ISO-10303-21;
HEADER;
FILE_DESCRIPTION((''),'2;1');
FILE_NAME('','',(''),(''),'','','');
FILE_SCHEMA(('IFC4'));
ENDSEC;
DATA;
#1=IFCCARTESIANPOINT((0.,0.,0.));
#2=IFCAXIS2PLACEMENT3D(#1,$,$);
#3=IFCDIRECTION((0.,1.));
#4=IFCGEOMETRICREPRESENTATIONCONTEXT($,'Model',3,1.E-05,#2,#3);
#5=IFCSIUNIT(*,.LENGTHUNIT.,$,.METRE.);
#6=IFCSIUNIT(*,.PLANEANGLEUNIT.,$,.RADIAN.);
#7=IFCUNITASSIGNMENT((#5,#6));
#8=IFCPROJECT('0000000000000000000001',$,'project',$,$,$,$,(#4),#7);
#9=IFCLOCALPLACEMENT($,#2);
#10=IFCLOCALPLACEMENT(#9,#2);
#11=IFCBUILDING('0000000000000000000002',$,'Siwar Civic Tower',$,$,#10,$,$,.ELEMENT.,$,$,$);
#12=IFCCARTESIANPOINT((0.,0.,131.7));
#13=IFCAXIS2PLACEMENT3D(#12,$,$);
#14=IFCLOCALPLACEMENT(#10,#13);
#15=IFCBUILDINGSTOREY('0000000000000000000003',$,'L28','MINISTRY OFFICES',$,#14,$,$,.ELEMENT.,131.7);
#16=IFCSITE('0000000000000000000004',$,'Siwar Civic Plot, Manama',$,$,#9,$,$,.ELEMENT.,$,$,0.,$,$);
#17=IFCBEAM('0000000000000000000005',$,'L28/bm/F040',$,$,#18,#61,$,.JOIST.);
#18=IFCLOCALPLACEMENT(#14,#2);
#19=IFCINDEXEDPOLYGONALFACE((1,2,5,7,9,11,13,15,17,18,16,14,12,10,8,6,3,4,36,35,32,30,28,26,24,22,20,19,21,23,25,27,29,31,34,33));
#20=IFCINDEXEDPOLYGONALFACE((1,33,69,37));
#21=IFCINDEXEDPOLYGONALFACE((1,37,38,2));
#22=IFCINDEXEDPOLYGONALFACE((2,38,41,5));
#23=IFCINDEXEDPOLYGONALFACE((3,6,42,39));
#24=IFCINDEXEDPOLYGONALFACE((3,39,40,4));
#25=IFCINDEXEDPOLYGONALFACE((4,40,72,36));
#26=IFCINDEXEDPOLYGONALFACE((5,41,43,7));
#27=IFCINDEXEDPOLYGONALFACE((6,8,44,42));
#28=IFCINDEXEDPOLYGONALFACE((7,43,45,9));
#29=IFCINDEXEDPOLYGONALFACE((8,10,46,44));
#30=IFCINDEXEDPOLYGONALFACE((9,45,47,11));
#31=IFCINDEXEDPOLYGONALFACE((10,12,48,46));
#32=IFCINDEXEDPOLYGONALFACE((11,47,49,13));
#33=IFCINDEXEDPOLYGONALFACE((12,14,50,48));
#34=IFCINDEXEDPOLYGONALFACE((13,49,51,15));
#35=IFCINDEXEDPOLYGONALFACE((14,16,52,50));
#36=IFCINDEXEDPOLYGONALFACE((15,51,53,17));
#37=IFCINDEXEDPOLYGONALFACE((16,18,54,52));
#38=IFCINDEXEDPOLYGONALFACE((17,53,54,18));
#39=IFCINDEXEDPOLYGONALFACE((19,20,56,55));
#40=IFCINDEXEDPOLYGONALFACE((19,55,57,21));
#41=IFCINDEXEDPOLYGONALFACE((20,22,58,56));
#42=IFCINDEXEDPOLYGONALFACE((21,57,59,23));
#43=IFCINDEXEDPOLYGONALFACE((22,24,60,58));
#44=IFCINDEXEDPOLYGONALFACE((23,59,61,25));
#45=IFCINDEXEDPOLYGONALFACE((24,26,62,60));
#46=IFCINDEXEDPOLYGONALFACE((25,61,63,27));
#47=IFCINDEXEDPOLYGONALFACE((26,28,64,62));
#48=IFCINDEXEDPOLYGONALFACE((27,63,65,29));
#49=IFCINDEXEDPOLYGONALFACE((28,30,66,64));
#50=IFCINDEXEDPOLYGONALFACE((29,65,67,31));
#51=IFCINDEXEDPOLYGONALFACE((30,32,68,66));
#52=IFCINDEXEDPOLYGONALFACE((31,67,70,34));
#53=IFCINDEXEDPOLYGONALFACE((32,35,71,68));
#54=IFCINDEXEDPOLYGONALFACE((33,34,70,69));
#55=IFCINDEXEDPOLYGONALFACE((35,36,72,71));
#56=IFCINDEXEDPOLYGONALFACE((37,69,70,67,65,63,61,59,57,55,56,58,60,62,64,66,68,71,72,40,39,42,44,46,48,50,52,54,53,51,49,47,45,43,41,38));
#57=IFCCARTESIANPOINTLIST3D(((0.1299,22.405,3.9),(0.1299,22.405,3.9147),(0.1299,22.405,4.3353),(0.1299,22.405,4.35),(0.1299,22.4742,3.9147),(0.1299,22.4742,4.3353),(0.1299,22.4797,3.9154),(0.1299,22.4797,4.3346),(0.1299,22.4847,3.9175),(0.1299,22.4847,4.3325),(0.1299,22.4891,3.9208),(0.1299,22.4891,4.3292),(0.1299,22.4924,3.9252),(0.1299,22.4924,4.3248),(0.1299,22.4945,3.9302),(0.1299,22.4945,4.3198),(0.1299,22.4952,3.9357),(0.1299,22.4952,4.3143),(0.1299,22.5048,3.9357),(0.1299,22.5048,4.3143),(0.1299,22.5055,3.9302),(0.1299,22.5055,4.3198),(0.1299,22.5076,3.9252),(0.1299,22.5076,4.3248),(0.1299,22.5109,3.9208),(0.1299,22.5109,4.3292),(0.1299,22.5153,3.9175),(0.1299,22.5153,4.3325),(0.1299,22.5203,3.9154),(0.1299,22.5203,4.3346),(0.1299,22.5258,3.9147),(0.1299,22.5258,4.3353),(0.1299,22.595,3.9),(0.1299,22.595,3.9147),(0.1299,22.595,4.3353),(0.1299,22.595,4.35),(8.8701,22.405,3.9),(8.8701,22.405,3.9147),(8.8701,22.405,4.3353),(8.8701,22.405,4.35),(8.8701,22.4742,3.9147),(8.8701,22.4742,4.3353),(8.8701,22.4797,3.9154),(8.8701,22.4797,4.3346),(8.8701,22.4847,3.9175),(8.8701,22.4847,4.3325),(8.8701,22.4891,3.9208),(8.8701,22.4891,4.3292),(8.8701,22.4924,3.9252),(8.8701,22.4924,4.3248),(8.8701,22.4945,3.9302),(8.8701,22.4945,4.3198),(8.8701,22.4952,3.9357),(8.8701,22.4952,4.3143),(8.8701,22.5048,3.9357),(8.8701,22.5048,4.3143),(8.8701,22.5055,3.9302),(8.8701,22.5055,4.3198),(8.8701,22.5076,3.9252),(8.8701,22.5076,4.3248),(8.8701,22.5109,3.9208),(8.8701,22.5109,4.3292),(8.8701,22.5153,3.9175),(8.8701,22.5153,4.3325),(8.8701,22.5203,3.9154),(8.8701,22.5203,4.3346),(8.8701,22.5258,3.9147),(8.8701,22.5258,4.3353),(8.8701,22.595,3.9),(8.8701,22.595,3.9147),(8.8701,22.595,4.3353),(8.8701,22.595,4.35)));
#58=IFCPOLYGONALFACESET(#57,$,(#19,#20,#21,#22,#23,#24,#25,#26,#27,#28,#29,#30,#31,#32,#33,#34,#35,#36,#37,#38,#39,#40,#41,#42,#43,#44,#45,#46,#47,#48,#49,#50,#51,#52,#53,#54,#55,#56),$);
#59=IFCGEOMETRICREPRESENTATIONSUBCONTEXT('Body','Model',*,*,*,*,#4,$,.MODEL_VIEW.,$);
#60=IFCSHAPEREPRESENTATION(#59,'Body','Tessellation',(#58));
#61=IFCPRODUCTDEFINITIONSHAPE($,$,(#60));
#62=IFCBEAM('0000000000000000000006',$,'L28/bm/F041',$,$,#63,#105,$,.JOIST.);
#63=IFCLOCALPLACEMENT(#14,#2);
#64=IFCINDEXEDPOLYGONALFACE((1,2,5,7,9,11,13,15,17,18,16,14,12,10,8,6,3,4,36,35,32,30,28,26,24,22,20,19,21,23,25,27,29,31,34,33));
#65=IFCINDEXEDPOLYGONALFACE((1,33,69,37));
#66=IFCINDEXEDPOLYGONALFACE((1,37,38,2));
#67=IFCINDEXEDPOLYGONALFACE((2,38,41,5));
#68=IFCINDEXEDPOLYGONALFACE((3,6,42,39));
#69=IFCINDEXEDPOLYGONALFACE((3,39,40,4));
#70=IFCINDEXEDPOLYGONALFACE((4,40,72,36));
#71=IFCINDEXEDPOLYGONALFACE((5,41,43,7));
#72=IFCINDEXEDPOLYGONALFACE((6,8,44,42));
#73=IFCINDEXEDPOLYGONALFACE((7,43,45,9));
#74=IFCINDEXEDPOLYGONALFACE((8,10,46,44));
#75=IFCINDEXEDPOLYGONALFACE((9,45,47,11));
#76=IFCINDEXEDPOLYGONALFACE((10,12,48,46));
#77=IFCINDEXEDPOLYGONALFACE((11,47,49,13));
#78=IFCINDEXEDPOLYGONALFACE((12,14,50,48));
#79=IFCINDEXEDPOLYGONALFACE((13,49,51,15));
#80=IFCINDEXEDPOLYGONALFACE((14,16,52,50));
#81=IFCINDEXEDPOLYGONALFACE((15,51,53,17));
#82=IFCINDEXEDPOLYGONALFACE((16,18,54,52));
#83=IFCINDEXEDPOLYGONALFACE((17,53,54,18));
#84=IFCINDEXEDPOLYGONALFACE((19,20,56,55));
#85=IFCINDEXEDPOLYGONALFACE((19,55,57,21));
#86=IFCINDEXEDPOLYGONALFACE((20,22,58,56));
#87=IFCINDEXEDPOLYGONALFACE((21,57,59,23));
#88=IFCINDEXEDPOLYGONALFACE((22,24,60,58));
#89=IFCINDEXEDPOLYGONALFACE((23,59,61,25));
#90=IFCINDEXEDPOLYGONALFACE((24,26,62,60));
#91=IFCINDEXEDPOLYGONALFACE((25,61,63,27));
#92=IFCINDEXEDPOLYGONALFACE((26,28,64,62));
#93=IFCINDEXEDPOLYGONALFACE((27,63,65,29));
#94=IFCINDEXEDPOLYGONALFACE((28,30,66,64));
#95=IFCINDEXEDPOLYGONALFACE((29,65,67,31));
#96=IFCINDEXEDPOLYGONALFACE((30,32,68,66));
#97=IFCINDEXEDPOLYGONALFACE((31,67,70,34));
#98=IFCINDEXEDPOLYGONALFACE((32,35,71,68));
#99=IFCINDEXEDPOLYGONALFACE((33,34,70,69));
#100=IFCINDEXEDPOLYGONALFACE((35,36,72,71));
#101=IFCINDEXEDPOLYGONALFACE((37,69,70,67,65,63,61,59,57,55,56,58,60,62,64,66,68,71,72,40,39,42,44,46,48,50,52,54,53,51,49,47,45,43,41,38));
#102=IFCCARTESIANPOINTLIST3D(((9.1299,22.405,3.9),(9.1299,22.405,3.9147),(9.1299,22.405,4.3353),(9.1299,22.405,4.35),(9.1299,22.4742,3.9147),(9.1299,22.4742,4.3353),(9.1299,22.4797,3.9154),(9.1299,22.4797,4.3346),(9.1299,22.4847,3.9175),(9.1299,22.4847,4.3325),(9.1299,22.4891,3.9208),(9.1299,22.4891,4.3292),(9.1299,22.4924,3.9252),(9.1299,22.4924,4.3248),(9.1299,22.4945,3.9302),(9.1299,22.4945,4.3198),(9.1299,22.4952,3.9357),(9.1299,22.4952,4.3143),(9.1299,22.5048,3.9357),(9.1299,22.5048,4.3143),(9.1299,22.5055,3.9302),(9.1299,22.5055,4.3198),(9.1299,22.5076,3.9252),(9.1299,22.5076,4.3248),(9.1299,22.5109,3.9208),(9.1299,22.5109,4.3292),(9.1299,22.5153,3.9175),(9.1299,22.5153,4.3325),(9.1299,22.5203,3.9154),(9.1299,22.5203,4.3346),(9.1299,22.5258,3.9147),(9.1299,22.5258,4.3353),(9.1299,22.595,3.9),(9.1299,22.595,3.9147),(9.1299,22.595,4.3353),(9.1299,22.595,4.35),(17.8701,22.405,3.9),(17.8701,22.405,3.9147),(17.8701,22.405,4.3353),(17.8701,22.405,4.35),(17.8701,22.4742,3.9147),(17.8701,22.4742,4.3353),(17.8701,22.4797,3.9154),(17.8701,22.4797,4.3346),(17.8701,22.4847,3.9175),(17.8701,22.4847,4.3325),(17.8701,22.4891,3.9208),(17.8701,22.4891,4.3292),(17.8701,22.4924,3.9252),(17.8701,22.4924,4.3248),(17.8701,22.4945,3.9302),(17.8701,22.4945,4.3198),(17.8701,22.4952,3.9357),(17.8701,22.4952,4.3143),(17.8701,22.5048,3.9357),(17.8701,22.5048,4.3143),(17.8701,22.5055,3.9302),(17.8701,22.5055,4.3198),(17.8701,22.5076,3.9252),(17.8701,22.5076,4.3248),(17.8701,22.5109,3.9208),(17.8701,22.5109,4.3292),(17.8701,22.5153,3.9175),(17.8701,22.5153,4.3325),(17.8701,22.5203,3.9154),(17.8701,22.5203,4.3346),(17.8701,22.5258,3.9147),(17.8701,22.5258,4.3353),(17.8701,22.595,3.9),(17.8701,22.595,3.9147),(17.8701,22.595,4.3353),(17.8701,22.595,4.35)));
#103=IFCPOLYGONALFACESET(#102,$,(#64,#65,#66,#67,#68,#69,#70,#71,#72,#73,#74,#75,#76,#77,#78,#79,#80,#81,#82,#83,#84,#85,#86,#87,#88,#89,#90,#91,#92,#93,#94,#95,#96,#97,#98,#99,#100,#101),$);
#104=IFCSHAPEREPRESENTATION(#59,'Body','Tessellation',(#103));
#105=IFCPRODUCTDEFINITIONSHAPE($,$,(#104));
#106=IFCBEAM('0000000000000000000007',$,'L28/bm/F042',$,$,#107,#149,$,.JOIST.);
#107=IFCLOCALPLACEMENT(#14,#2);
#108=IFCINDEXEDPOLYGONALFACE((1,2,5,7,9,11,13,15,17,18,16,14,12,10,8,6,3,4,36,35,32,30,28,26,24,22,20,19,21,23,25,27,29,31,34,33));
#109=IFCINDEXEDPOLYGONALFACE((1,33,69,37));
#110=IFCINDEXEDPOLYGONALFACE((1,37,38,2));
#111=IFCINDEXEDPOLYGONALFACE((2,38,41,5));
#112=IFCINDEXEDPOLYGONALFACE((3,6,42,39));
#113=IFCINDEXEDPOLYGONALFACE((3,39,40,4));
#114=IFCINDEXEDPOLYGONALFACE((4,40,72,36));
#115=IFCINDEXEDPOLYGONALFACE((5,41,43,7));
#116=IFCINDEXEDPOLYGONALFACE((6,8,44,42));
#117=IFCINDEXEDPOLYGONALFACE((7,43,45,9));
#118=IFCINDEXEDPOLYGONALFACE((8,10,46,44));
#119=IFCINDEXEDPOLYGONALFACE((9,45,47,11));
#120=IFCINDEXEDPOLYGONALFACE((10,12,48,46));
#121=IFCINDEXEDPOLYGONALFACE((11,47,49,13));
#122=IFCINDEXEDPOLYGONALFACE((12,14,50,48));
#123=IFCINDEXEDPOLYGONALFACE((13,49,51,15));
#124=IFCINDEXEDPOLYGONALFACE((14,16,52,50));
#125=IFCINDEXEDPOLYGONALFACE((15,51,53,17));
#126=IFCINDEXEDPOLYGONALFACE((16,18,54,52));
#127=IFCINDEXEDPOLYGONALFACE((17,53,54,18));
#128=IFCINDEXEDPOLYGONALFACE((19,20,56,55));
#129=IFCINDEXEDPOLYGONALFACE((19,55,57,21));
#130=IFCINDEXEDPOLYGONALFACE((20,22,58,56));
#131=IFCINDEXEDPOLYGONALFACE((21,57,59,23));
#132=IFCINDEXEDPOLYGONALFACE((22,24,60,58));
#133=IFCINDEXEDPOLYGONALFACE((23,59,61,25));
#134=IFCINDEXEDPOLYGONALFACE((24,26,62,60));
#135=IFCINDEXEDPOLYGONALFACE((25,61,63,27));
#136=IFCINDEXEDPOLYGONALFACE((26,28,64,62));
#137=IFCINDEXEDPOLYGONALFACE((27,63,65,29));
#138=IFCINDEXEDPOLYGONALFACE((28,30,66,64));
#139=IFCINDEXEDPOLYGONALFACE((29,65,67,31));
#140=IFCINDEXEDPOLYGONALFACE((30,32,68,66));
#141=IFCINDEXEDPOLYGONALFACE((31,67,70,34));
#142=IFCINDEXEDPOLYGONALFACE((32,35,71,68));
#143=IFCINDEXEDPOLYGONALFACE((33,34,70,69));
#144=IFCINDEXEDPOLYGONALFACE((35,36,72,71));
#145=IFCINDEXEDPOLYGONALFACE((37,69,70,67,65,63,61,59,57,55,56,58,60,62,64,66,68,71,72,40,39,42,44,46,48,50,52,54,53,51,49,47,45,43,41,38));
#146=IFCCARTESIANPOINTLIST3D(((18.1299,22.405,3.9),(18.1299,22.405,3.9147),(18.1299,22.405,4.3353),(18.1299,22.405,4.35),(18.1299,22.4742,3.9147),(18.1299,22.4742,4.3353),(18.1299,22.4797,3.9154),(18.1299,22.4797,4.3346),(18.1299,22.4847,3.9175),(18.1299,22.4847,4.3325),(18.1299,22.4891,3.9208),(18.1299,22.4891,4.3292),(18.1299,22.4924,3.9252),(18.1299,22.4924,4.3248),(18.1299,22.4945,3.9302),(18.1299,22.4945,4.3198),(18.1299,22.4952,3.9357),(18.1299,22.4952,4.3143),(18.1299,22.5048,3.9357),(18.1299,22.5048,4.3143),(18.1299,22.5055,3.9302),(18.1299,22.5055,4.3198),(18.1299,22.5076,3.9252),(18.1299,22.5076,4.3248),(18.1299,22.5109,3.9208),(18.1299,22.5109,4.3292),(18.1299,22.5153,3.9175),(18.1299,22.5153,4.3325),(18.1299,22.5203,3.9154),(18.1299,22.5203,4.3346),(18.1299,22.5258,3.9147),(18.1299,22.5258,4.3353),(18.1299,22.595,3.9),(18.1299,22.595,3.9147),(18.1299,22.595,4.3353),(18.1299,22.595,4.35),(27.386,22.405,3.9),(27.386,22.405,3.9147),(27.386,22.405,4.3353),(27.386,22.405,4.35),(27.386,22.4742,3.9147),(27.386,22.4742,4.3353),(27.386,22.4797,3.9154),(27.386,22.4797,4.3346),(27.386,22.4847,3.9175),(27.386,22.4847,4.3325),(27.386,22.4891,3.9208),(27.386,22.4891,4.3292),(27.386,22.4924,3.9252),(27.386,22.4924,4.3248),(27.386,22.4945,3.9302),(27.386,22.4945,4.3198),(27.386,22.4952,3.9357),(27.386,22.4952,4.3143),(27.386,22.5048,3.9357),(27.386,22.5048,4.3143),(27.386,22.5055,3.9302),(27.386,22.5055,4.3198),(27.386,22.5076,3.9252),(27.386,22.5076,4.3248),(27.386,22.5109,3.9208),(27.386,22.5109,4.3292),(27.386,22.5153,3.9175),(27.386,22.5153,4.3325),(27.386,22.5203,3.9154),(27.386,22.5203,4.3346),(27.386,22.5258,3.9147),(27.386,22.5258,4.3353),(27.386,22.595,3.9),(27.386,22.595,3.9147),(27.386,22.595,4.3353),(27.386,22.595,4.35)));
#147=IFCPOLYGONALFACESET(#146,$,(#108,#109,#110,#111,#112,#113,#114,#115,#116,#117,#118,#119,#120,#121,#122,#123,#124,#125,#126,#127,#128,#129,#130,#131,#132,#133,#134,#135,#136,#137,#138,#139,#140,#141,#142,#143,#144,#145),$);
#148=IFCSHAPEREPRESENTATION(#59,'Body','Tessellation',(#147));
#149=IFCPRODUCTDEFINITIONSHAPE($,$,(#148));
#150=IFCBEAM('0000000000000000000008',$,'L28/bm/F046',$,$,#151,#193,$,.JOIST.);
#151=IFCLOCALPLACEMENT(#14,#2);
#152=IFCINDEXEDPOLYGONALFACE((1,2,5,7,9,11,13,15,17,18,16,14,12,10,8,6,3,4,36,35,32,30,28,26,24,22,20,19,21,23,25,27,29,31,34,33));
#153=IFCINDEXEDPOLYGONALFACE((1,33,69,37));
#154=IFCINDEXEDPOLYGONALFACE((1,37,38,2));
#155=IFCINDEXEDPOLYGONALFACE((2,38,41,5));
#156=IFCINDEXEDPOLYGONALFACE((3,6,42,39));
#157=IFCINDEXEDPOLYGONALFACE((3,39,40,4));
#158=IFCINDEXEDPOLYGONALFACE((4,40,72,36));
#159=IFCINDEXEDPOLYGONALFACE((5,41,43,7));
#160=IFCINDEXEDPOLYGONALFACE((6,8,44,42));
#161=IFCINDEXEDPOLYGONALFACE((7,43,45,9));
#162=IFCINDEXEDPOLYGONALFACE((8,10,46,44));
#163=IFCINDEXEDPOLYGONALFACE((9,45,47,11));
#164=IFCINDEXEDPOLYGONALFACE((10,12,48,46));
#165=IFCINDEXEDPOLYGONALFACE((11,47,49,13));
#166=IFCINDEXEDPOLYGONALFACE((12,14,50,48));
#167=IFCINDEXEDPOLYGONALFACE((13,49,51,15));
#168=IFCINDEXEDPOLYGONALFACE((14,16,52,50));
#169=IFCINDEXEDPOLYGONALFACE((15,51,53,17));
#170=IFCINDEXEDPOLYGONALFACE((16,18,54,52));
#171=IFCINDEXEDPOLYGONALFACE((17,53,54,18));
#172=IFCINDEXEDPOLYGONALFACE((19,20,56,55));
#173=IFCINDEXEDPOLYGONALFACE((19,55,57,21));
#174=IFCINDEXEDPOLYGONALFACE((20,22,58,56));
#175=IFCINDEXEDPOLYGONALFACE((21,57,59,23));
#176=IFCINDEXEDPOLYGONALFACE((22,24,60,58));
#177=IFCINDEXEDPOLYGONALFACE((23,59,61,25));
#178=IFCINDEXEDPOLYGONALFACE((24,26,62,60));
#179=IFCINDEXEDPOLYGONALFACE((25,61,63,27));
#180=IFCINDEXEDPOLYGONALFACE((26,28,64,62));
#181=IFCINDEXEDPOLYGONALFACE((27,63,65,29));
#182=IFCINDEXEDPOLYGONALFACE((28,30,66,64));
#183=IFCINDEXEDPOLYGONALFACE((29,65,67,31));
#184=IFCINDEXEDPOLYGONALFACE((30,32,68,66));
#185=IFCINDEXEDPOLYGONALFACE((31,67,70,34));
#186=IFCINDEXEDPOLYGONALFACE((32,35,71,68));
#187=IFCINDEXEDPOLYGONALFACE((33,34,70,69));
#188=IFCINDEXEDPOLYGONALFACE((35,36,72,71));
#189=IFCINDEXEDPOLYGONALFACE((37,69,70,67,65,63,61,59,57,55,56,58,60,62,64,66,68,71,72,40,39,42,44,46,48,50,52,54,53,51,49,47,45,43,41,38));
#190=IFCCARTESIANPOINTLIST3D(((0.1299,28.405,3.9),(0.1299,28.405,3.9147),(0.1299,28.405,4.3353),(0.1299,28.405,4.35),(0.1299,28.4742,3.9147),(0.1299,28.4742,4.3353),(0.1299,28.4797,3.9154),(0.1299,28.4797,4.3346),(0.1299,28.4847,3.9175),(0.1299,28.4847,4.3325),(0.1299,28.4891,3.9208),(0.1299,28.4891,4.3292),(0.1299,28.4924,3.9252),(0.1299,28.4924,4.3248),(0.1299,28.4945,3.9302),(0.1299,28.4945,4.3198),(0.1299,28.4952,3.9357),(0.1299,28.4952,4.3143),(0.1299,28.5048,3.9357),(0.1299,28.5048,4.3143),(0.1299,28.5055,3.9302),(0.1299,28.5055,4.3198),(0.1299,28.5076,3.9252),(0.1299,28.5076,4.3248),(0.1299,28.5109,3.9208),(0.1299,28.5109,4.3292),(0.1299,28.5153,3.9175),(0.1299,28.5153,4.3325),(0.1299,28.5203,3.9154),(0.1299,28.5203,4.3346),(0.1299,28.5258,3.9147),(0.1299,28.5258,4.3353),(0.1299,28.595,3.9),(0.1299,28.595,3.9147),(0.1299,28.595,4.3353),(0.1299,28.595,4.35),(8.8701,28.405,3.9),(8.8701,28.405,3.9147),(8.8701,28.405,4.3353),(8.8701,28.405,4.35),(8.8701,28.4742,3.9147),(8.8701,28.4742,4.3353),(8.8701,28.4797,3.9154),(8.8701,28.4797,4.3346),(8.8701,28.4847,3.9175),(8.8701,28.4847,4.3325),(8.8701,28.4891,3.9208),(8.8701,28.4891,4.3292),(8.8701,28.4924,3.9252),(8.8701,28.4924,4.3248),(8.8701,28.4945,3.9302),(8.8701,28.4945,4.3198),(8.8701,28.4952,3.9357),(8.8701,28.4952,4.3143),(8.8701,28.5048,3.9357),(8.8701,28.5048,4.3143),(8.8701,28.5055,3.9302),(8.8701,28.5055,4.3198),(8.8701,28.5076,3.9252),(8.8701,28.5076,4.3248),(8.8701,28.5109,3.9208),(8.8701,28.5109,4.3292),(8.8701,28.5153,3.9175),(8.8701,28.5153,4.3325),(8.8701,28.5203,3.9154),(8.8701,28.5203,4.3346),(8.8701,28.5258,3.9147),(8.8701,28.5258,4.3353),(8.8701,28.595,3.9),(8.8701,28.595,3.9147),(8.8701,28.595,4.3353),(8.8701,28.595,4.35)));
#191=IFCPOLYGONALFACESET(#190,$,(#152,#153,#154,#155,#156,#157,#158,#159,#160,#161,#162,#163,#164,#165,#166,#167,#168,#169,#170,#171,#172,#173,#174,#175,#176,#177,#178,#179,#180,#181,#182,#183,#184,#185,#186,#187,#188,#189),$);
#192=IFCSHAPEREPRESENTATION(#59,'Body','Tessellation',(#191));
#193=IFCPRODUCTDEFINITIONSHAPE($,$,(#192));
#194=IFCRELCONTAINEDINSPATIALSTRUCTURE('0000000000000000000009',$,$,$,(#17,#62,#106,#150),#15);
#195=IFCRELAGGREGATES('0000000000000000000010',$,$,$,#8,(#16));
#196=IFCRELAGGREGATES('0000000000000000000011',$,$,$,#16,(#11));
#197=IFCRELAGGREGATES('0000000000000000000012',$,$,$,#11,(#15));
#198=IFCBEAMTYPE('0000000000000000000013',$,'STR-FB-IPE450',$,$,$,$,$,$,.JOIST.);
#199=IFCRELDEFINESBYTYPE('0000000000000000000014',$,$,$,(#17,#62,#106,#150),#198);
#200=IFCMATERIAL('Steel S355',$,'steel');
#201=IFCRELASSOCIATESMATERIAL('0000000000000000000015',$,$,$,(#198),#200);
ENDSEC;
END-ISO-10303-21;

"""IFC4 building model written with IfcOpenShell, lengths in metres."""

from ifc_helpers import new_model, si_unit, direction, frame, origin, origin_2d, place, context, subcontext, project, spatial, i_section, extrude, material, material_profile, profile_set, type_object, element, save


model = new_model("IFC4")

# Units and contexts
model_context = context("Model", 3, precision=1e-05, world=origin(), true_north=direction((0.0, 1.0)))
body_context = subcontext(model_context, "Body", "Model", "MODEL_VIEW")
ifc_project = project(units=[si_unit("LENGTHUNIT", "METRE"), si_unit("PLANEANGLEUNIT", "RADIAN")], contexts=[model_context])

# Site, building, storey
site_placement = place(None, origin())
site = spatial("IfcSite", under=ifc_project, at=site_placement, Name="Siwar Civic Plot, Manama", CompositionType="ELEMENT", RefElevation=0.0)
building_placement = place(site_placement, origin())
building = spatial("IfcBuilding", under=site, at=building_placement, Name="Siwar Civic Tower", CompositionType="ELEMENT")
storey_placement = place(building_placement, frame((0.0, 0.0, 131.7)))
storey = spatial("IfcBuildingStorey", under=building, at=storey_placement, Name="L28", Description="MINISTRY OFFICES", CompositionType="ELEMENT", Elevation=131.7)

# Beams
ifc_material_1 = material(Name="Steel S355", Category="steel")
ifc_material_profile_1 = material_profile(ifc_material_1, i_section(OverallWidth=0.1899, OverallDepth=0.45, WebThickness=0.0095, FlangeThickness=0.0146, FilletRadius=0.021, at=origin_2d()), Name="IPE450")
ifc_profile_set_1 = profile_set([ifc_material_profile_1], Name="Steel S355")
beam_type_1 = type_object("IfcBeamType", Name="STR-FB-IPE450", PredefinedType="JOIST", material=ifc_profile_set_1)
for number, where, z_axis, x_axis, name in (
    (1, (0.1299, 22.5, 4.125), (1.0, 0.0, 0.0), (0.0, 1.0, 0.0), "L28/bm/F040"),
    (2, (9.1299, 22.5, 4.125), (1.0, 0.0, 0.0), (0.0, 1.0, 0.0), "L28/bm/F041"),
):
    element("IfcBeam", number, at=place(storey_placement, frame(where, z_axis=z_axis, x_axis=x_axis)), inside=storey, type_object=beam_type_1, Name=name, PredefinedType="JOIST", context=body_context, shape_type="SweptSolid", body=[
        extrude(i_section(OverallWidth=0.1899, OverallDepth=0.45, WebThickness=0.0095, FlangeThickness=0.0146, FilletRadius=0.021, at=origin_2d()), origin(), (0.0, 0.0, 1.0), 8.7402),
    ])
beam_1_placement = place(storey_placement, frame((18.1299, 22.5, 4.125), z_axis=(1.0, 0.0, 0.0), x_axis=(0.0, 1.0, 0.0)))
element("IfcBeam", 3, at=beam_1_placement, inside=storey, type_object=beam_type_1, Name="L28/bm/F042", PredefinedType="JOIST", context=body_context, shape_type="SweptSolid", body=[
    extrude(i_section(OverallWidth=0.1899, OverallDepth=0.45, WebThickness=0.0095, FlangeThickness=0.0146, FilletRadius=0.021, at=origin_2d()), origin(), (0.0, 0.0, 1.0), 9.2561),
])
for number, where, z_axis, x_axis, name in (
    (4, (0.1299, 28.5, 4.125), (1.0, 0.0, 0.0), (0.0, 1.0, 0.0), "L28/bm/F046"),
):
    element("IfcBeam", number, at=place(storey_placement, frame(where, z_axis=z_axis, x_axis=x_axis)), inside=storey, type_object=beam_type_1, Name=name, PredefinedType="JOIST", context=body_context, shape_type="SweptSolid", body=[
        extrude(i_section(OverallWidth=0.1899, OverallDepth=0.45, WebThickness=0.0095, FlangeThickness=0.0146, FilletRadius=0.021, at=origin_2d()), origin(), (0.0, 0.0, 1.0), 8.7402),
    ])

save(model, "model.ifc")
